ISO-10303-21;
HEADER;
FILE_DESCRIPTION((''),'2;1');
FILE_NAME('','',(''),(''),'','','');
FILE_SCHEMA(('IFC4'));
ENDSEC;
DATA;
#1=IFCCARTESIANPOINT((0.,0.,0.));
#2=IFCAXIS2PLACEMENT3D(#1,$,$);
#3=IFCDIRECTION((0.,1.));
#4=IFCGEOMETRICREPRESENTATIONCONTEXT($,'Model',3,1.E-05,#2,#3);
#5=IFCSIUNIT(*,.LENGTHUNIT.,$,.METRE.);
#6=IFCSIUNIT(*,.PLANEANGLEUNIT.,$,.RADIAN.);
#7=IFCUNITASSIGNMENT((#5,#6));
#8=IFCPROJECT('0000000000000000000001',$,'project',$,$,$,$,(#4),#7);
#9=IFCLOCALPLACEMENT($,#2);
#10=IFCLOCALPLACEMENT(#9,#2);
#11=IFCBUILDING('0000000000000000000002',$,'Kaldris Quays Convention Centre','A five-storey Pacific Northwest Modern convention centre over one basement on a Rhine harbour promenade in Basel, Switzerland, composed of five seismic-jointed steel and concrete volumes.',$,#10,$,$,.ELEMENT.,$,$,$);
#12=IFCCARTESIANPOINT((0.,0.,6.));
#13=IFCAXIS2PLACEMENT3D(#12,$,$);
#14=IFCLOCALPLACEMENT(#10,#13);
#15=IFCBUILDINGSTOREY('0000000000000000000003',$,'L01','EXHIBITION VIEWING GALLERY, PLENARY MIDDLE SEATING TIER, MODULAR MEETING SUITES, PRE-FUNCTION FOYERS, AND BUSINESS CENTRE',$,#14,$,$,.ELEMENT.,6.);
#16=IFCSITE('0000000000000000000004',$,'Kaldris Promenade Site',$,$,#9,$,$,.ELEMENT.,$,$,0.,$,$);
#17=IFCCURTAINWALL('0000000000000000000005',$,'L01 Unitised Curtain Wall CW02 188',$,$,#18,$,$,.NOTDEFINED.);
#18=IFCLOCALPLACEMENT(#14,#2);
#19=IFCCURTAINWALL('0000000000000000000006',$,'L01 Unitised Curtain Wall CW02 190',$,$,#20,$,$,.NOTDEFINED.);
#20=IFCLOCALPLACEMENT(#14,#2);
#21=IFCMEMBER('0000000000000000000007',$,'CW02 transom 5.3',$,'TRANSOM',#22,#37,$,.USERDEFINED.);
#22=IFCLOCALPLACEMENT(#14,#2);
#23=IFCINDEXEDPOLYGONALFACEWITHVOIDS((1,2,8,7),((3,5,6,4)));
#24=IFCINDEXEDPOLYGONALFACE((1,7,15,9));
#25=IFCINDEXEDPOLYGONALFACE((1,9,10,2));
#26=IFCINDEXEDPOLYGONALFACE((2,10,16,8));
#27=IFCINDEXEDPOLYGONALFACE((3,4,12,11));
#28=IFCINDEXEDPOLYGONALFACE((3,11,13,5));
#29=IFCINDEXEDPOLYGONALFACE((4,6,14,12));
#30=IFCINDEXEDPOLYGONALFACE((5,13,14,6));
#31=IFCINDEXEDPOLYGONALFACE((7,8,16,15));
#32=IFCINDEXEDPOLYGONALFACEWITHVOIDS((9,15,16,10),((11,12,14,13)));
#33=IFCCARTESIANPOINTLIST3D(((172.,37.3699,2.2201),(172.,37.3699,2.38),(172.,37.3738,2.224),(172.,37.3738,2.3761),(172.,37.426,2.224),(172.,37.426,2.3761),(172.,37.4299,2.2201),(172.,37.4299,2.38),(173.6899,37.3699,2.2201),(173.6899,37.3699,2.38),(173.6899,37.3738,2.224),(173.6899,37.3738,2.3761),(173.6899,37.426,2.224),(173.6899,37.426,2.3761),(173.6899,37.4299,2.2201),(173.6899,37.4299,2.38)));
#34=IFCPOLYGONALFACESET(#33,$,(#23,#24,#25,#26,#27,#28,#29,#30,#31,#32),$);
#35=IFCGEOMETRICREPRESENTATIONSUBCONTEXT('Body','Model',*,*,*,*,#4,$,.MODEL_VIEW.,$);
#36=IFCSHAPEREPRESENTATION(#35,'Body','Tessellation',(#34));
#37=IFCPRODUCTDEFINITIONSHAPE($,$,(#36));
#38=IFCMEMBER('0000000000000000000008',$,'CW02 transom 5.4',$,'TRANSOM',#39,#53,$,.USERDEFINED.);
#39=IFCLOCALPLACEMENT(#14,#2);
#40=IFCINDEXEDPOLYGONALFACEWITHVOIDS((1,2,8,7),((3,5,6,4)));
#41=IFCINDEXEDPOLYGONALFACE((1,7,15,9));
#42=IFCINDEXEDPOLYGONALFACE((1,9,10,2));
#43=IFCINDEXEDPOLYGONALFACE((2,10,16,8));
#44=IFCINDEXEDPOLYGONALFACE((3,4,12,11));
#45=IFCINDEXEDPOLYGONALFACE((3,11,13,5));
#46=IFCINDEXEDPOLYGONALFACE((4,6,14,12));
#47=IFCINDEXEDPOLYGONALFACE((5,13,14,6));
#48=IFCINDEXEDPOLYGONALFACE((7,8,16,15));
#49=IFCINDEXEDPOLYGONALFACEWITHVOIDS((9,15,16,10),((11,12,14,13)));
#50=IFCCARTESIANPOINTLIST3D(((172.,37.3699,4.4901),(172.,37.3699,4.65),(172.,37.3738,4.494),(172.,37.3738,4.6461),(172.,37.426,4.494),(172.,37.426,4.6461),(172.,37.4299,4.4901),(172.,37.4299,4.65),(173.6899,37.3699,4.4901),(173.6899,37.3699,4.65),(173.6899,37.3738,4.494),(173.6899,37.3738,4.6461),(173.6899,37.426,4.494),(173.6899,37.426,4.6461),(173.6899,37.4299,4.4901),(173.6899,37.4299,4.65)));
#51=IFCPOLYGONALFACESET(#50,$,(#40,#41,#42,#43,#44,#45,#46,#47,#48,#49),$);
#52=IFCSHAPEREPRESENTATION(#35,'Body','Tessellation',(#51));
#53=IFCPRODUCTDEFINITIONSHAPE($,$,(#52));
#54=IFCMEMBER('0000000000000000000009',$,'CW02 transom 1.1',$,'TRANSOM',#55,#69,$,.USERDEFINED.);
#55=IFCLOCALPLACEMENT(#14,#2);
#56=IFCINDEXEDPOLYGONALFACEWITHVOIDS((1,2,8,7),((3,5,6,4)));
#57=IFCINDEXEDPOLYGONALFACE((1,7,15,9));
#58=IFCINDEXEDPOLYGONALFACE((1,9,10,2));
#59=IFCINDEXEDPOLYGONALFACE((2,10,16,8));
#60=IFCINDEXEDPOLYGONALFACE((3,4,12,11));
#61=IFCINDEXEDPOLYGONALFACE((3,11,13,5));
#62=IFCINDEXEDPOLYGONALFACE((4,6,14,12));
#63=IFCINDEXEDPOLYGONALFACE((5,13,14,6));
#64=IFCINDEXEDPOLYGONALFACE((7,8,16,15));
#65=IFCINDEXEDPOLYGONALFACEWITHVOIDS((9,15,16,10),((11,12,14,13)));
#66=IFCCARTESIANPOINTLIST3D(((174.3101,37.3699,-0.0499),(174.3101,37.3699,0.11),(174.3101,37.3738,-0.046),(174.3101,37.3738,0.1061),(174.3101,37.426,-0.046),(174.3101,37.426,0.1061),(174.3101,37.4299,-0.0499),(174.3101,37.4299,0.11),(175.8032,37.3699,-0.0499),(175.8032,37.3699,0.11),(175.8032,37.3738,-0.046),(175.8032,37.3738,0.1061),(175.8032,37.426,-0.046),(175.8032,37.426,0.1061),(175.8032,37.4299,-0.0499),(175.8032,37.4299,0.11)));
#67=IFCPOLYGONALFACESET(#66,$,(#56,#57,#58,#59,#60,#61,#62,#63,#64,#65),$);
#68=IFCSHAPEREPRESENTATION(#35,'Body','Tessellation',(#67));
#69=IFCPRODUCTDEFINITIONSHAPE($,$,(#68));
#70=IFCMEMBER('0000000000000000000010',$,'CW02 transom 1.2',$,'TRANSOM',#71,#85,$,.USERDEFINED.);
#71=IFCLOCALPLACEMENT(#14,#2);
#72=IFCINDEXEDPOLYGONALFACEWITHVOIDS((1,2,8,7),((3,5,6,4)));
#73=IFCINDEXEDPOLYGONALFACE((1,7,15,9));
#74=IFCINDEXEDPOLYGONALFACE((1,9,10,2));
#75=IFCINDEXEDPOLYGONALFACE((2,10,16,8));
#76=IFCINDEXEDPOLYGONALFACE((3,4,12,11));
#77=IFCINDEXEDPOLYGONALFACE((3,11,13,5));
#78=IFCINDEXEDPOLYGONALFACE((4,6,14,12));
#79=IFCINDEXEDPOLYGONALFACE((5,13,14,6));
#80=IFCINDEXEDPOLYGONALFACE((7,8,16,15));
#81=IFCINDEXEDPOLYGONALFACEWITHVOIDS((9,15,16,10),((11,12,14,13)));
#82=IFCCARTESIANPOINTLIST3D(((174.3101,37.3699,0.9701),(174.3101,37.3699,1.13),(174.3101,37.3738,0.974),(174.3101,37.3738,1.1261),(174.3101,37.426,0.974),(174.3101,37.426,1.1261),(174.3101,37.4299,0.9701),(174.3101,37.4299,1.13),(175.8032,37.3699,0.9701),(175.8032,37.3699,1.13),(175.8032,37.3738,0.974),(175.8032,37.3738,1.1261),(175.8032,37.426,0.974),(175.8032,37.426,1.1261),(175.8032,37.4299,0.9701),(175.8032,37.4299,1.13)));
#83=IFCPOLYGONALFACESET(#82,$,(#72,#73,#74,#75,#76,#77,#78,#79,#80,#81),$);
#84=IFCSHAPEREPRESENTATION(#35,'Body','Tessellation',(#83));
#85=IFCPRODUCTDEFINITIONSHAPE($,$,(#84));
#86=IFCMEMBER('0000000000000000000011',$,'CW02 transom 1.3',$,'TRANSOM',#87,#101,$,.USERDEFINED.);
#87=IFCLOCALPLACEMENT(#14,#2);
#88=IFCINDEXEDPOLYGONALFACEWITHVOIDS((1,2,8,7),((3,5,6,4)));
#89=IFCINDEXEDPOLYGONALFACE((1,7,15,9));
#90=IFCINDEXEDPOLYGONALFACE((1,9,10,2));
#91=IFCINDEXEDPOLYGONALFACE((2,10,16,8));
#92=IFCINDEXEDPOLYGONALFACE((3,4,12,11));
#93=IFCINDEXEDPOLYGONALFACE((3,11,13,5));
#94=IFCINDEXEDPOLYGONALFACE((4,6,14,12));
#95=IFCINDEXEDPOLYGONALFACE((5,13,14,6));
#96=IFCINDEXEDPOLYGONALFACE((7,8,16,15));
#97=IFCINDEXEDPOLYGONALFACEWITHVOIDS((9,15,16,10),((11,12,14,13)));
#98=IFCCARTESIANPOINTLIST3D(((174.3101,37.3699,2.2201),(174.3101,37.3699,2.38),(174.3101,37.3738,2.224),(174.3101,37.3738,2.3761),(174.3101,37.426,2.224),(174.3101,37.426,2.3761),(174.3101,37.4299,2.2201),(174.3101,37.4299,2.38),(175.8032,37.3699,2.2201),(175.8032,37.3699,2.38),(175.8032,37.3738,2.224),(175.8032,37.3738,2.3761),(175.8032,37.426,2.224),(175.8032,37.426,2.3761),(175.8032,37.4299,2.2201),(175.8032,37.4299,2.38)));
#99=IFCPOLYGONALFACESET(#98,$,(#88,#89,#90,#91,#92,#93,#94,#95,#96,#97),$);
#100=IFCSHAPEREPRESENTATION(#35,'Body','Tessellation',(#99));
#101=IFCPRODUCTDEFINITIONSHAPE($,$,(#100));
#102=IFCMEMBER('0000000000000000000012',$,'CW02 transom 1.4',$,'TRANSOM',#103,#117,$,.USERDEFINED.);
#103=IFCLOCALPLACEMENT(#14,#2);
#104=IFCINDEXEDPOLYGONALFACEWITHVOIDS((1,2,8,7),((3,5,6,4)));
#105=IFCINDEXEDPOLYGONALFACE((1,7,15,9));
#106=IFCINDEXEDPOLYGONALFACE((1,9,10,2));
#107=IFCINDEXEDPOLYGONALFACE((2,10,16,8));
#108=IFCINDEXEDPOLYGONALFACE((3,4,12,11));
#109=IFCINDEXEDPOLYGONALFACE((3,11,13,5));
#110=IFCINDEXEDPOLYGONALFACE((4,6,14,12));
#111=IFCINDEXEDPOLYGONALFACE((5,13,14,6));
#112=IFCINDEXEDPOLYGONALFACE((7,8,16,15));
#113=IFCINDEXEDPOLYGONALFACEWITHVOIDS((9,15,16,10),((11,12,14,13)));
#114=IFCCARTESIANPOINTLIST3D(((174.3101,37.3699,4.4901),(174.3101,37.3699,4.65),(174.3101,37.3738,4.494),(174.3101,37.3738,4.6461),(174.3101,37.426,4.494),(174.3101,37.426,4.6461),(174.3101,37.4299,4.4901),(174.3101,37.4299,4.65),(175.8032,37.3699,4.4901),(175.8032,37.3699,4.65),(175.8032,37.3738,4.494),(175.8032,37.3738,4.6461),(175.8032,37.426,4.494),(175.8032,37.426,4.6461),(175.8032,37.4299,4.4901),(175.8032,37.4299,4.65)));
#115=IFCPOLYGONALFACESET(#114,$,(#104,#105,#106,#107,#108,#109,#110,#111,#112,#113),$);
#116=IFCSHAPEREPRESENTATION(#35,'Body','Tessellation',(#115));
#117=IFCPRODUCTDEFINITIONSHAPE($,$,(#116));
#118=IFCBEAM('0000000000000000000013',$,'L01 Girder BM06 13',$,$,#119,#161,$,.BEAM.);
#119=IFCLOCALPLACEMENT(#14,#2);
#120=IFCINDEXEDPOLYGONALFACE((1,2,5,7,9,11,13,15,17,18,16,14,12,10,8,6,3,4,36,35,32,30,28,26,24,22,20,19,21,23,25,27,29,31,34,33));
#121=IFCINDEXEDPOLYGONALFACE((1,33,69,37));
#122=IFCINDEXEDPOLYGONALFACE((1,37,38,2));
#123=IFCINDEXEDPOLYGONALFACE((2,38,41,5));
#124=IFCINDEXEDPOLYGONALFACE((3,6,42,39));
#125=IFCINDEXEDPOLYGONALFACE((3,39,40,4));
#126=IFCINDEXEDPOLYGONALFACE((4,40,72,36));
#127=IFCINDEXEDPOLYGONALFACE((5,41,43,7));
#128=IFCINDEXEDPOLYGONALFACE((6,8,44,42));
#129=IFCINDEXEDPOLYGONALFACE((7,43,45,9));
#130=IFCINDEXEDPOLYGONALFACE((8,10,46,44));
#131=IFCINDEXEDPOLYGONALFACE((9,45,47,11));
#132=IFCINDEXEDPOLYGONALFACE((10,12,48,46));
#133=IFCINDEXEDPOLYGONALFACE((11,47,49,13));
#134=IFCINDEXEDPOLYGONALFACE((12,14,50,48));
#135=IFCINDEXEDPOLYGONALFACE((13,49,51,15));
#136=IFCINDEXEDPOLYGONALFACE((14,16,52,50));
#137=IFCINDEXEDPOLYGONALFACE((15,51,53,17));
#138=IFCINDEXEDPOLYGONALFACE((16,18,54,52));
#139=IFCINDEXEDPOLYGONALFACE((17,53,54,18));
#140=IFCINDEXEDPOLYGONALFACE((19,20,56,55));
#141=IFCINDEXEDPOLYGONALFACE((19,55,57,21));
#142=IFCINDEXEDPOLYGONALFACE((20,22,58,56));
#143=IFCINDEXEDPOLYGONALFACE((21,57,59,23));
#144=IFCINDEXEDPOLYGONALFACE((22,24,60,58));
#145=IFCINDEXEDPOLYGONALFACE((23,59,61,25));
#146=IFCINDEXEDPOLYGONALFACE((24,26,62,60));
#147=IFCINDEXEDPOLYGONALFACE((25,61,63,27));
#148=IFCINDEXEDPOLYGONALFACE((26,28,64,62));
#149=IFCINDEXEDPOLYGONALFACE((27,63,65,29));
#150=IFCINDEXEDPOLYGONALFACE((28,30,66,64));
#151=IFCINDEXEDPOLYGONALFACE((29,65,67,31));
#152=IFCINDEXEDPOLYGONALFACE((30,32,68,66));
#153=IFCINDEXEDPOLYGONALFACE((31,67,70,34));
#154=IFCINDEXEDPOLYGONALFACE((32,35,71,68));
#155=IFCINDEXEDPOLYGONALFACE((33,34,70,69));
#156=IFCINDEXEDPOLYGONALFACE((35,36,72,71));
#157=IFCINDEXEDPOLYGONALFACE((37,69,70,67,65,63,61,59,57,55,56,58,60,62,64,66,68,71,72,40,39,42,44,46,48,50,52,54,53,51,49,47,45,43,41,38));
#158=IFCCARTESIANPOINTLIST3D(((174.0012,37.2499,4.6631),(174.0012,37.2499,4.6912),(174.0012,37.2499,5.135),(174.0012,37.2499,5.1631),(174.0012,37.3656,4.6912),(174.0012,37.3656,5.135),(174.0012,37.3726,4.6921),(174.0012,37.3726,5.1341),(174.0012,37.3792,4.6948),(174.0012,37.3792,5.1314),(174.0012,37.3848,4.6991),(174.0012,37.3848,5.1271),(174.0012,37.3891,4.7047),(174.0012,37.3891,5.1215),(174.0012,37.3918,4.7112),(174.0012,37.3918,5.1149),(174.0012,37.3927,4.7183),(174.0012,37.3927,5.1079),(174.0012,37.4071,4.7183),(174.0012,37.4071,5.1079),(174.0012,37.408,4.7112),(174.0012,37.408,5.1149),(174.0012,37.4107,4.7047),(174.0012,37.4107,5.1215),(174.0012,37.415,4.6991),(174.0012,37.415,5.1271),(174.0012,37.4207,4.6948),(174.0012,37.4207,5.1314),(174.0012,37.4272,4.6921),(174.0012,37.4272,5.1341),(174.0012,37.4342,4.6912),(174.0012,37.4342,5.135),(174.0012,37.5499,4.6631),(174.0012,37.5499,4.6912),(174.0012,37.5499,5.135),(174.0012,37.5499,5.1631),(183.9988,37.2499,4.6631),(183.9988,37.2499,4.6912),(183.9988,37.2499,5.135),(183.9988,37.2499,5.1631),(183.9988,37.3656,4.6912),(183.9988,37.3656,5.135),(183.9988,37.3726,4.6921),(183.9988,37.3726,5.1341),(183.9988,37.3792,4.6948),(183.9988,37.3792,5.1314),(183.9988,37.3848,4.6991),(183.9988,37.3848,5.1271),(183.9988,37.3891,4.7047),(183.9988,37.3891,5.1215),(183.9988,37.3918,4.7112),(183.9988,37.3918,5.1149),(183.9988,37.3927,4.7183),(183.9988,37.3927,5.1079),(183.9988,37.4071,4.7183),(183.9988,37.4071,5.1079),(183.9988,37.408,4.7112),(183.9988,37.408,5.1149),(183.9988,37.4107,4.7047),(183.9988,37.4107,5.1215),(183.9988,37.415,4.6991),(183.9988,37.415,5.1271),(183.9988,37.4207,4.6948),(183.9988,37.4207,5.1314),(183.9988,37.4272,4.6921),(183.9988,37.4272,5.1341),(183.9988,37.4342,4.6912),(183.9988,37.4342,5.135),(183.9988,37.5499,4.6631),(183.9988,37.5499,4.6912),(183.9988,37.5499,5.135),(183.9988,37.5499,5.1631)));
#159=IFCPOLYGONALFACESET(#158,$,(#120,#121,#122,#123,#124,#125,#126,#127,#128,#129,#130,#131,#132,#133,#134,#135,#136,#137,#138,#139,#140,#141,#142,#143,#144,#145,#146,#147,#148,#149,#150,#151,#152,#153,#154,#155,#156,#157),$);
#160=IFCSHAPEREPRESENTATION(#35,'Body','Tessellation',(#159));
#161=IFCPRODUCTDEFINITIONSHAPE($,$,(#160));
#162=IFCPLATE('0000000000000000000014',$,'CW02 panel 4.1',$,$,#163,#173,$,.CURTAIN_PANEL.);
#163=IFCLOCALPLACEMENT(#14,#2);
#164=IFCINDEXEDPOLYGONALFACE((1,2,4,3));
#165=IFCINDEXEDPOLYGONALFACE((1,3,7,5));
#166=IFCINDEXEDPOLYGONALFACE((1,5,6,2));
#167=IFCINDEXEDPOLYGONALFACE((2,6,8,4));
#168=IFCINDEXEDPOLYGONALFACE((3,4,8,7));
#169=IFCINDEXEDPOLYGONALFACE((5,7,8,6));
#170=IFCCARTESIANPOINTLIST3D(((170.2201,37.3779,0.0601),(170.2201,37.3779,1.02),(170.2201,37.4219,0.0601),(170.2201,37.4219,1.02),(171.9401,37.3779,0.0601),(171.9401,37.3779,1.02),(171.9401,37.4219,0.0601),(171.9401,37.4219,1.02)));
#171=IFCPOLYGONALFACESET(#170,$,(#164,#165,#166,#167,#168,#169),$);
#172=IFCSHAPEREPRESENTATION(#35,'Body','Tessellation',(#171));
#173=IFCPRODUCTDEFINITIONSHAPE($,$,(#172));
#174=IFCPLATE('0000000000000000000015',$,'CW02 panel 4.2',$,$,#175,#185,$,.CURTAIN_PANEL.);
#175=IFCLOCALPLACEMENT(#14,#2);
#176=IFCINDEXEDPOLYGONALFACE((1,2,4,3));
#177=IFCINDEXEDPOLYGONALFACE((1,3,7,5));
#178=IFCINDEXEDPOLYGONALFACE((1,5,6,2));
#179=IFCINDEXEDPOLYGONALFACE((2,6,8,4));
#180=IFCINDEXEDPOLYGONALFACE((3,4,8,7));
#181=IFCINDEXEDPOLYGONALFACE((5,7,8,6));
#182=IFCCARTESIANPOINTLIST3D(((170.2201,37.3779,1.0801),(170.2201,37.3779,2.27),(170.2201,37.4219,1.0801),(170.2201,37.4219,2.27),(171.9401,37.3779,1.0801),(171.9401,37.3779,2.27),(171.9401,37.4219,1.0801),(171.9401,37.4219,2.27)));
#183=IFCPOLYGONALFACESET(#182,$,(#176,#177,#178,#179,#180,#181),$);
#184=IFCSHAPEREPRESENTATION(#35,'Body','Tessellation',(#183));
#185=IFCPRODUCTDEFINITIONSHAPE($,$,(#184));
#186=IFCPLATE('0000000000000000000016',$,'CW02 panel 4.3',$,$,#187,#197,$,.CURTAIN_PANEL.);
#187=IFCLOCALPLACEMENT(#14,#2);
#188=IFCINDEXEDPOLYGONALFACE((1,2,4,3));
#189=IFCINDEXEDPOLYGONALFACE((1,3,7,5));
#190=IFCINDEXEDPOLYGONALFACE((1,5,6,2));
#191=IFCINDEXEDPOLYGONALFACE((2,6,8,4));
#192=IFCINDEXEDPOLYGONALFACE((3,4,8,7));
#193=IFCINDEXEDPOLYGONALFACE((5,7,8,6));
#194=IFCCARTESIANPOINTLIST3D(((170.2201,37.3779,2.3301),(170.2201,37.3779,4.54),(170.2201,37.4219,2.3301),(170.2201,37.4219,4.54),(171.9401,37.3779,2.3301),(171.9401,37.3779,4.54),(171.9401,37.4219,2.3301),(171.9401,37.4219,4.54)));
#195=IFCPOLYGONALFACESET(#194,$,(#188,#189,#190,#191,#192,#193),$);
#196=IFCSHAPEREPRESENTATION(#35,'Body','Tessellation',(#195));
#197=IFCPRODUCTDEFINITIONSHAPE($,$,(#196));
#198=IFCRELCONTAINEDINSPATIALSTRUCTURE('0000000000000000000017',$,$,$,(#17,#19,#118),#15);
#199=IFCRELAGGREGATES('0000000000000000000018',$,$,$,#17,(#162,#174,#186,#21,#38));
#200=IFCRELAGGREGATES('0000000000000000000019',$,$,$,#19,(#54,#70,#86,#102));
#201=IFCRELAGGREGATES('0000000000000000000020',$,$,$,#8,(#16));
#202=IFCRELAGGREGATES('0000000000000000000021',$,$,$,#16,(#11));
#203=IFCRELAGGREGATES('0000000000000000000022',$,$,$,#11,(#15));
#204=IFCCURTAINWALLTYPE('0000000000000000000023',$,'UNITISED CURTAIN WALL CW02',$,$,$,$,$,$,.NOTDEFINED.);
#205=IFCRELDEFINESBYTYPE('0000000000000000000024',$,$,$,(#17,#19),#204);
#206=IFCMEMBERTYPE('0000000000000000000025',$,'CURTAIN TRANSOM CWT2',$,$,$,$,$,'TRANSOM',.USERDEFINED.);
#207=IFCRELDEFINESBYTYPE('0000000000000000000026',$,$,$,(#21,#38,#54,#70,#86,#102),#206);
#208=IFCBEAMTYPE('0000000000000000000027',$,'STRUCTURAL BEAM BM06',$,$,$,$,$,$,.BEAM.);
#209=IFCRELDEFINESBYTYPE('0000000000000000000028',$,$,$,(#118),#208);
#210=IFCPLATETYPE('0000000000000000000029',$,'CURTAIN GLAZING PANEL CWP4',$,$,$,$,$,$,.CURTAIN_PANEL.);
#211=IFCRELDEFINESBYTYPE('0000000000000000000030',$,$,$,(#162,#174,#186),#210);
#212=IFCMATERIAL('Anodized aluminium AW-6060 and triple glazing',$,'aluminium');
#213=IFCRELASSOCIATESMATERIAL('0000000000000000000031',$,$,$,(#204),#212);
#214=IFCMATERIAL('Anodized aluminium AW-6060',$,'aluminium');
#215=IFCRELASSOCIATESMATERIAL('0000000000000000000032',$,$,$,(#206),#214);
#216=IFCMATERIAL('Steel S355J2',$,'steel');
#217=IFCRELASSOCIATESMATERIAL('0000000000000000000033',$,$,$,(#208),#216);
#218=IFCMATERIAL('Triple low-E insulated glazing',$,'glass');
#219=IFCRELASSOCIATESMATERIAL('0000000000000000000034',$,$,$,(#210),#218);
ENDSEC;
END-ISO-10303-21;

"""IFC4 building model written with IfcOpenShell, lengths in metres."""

from ifc_helpers import new_model, si_unit, direction, frame, origin, origin_2d, place, context, subcontext, project, spatial, rectangle, hollow_rectangle, i_section, extrude, material, material_profile, profile_set, type_object, element, aggregate, save


model = new_model("IFC4")

# Units and contexts
model_context = context("Model", 3, precision=1e-05, world=origin(), true_north=direction((0.0, 1.0)))
body_context = subcontext(model_context, "Body", "Model", "MODEL_VIEW")
ifc_project = project(units=[si_unit("LENGTHUNIT", "METRE"), si_unit("PLANEANGLEUNIT", "RADIAN")], contexts=[model_context])

# Site, building, storey
site_placement = place(None, origin())
site = spatial("IfcSite", under=ifc_project, at=site_placement, Name="Kaldris Promenade Site", CompositionType="ELEMENT", RefElevation=0.0)
building_placement = place(site_placement, origin())
building = spatial("IfcBuilding", under=site, at=building_placement, Name="Kaldris Quays Convention Centre", Description="A five-storey Pacific Northwest Modern convention centre over one basement on a Rhine harbour promenade in Basel, Switzerland, composed of five seismic-jointed steel and concrete volumes.", CompositionType="ELEMENT")
storey_placement = place(building_placement, frame((0.0, 0.0, 6.0)))
storey = spatial("IfcBuildingStorey", under=building, at=storey_placement, Name="L01", Description="EXHIBITION VIEWING GALLERY, PLENARY MIDDLE SEATING TIER, MODULAR MEETING SUITES, PRE-FUNCTION FOYERS, AND BUSINESS CENTRE", CompositionType="ELEMENT", Elevation=6.0)

# Shared definitions
ifc_material_1 = material(Name="Steel S355J2", Category="steel")

# Curtain walls
ifc_material_2 = material(Name="Anodized aluminium AW-6060 and triple glazing", Category="aluminium")
curtain_wall_type = type_object("IfcCurtainWallType", Name="UNITISED CURTAIN WALL CW02", PredefinedType="NOTDEFINED", material=ifc_material_2)
curtain_wall_1_placement = place(storey_placement, origin())
curtain_wall_1 = element("IfcCurtainWall", 1, at=curtain_wall_1_placement, inside=storey, type_object=curtain_wall_type, Name="L01 Unitised Curtain Wall CW02 188", PredefinedType="NOTDEFINED")
ifc_material_3 = material(Name="Anodized aluminium AW-6060", Category="aluminium")
curtain_wall_2_placement = place(storey_placement, origin())
curtain_wall_2 = element("IfcCurtainWall", 2, at=curtain_wall_2_placement, inside=storey, type_object=curtain_wall_type, Name="L01 Unitised Curtain Wall CW02 190", PredefinedType="NOTDEFINED")

# Members
ifc_material_profile_1 = material_profile(ifc_material_3, hollow_rectangle(XDim=0.0601, YDim=0.1599, WallThickness=0.0039, at=origin_2d()), Name="RHS 160x60x4")
ifc_profile_set_1 = profile_set([ifc_material_profile_1], Name="Anodized aluminium AW-6060")
member_type_1 = type_object("IfcMemberType", Name="CURTAIN TRANSOM CWT2", ElementType="TRANSOM", PredefinedType="USERDEFINED", material=ifc_profile_set_1)
member_1_placement = place(storey_placement, frame((172.0, 37.3999, 2.3), z_axis=(1.0, 0.0, 0.0), x_axis=(0.0, 1.0, 0.0)))
member_1 = element("IfcMember", 3, at=member_1_placement, type_object=member_type_1, Name="CW02 transom 5.3", ObjectType="TRANSOM", PredefinedType="USERDEFINED", context=body_context, shape_type="SweptSolid", body=[
    extrude(hollow_rectangle(XDim=0.0601, YDim=0.1599, WallThickness=0.0039, at=origin_2d()), origin(), (0.0, 0.0, 1.0), 1.6899),
])
member_2_placement = place(storey_placement, frame((172.0, 37.3999, 4.5701), z_axis=(1.0, 0.0, 0.0), x_axis=(0.0, 1.0, 0.0)))
member_2 = element("IfcMember", 4, at=member_2_placement, type_object=member_type_1, Name="CW02 transom 5.4", ObjectType="TRANSOM", PredefinedType="USERDEFINED", context=body_context, shape_type="SweptSolid", body=[
    extrude(hollow_rectangle(XDim=0.0601, YDim=0.1599, WallThickness=0.0039, at=origin_2d()), origin(), (0.0, 0.0, 1.0), 1.6899),
])
member_3_placement = place(storey_placement, frame((174.3101, 37.3999, 0.03), z_axis=(1.0, 0.0, 0.0), x_axis=(0.0, 1.0, 0.0)))
member_3 = element("IfcMember", 5, at=member_3_placement, type_object=member_type_1, Name="CW02 transom 1.1", ObjectType="TRANSOM", PredefinedType="USERDEFINED", context=body_context, shape_type="SweptSolid", body=[
    extrude(hollow_rectangle(XDim=0.0601, YDim=0.1599, WallThickness=0.0039, at=origin_2d()), origin(), (0.0, 0.0, 1.0), 1.4932),
])
member_4_placement = place(storey_placement, frame((174.3101, 37.3999, 1.05), z_axis=(1.0, 0.0, 0.0), x_axis=(0.0, 1.0, 0.0)))
member_4 = element("IfcMember", 6, at=member_4_placement, type_object=member_type_1, Name="CW02 transom 1.2", ObjectType="TRANSOM", PredefinedType="USERDEFINED", context=body_context, shape_type="SweptSolid", body=[
    extrude(hollow_rectangle(XDim=0.0601, YDim=0.1599, WallThickness=0.0039, at=origin_2d()), origin(), (0.0, 0.0, 1.0), 1.4932),
])
member_5_placement = place(storey_placement, frame((174.3101, 37.3999, 2.3), z_axis=(1.0, 0.0, 0.0), x_axis=(0.0, 1.0, 0.0)))
member_5 = element("IfcMember", 7, at=member_5_placement, type_object=member_type_1, Name="CW02 transom 1.3", ObjectType="TRANSOM", PredefinedType="USERDEFINED", context=body_context, shape_type="SweptSolid", body=[
    extrude(hollow_rectangle(XDim=0.0601, YDim=0.1599, WallThickness=0.0039, at=origin_2d()), origin(), (0.0, 0.0, 1.0), 1.4932),
])
member_6_placement = place(storey_placement, frame((174.3101, 37.3999, 4.5701), z_axis=(1.0, 0.0, 0.0), x_axis=(0.0, 1.0, 0.0)))
member_6 = element("IfcMember", 8, at=member_6_placement, type_object=member_type_1, Name="CW02 transom 1.4", ObjectType="TRANSOM", PredefinedType="USERDEFINED", context=body_context, shape_type="SweptSolid", body=[
    extrude(hollow_rectangle(XDim=0.0601, YDim=0.1599, WallThickness=0.0039, at=origin_2d()), origin(), (0.0, 0.0, 1.0), 1.4932),
])

# Beam
ifc_material_profile_2 = material_profile(ifc_material_1, i_section(OverallWidth=0.3, OverallDepth=0.5, WebThickness=0.0144, FlangeThickness=0.0281, FilletRadius=0.0271, at=origin_2d()), Name="HEB 500")
ifc_profile_set_2 = profile_set([ifc_material_profile_2], Name="Steel S355J2")
beam_type = type_object("IfcBeamType", Name="STRUCTURAL BEAM BM06", PredefinedType="BEAM", material=ifc_profile_set_2)
beam_placement = place(storey_placement, frame((174.0012, 37.3999, 4.9131), z_axis=(1.0, 0.0, 0.0), x_axis=(0.0, 1.0, 0.0)))
element("IfcBeam", 9, at=beam_placement, inside=storey, type_object=beam_type, Name="L01 Girder BM06 13", PredefinedType="BEAM", context=body_context, shape_type="SweptSolid", body=[
    extrude(i_section(OverallWidth=0.3, OverallDepth=0.5, WebThickness=0.0144, FlangeThickness=0.0281, FilletRadius=0.0271, at=origin_2d()), origin(), (0.0, 0.0, 1.0), 9.9976),
])

# Plates
ifc_material_4 = material(Name="Triple low-E insulated glazing", Category="glass")
plate_type_1 = type_object("IfcPlateType", Name="CURTAIN GLAZING PANEL CWP4", PredefinedType="CURTAIN_PANEL", material=ifc_material_4)
plate_1_placement = place(storey_placement, frame((171.0801, 37.3999, 0.0601), z_axis=(0.0, 0.0, 1.0), x_axis=(1.0, 0.0, 0.0)))
plate_1 = element("IfcPlate", 10, at=plate_1_placement, type_object=plate_type_1, Name="CW02 panel 4.1", PredefinedType="CURTAIN_PANEL", context=body_context, shape_type="SweptSolid", body=[
    extrude(rectangle(XDim=1.72, YDim=0.0439, at=origin_2d()), origin(), (0.0, 0.0, 1.0), 0.96),
])
plate_2_placement = place(storey_placement, frame((171.0801, 37.3999, 1.0801), z_axis=(0.0, 0.0, 1.0), x_axis=(1.0, 0.0, 0.0)))
plate_2 = element("IfcPlate", 11, at=plate_2_placement, type_object=plate_type_1, Name="CW02 panel 4.2", PredefinedType="CURTAIN_PANEL", context=body_context, shape_type="SweptSolid", body=[
    extrude(rectangle(XDim=1.72, YDim=0.0439, at=origin_2d()), origin(), (0.0, 0.0, 1.0), 1.1899),
])
plate_3_placement = place(storey_placement, frame((171.0801, 37.3999, 2.3301), z_axis=(0.0, 0.0, 1.0), x_axis=(1.0, 0.0, 0.0)))
plate_3 = element("IfcPlate", 12, at=plate_3_placement, type_object=plate_type_1, Name="CW02 panel 4.3", PredefinedType="CURTAIN_PANEL", context=body_context, shape_type="SweptSolid", body=[
    extrude(rectangle(XDim=1.72, YDim=0.0439, at=origin_2d()), origin(), (0.0, 0.0, 1.0), 2.21),
])
aggregate(curtain_wall_1, [plate_1, plate_2, plate_3, member_1, member_2])
aggregate(curtain_wall_2, [member_3, member_4, member_5, member_6])

save(model, "model.ifc")
